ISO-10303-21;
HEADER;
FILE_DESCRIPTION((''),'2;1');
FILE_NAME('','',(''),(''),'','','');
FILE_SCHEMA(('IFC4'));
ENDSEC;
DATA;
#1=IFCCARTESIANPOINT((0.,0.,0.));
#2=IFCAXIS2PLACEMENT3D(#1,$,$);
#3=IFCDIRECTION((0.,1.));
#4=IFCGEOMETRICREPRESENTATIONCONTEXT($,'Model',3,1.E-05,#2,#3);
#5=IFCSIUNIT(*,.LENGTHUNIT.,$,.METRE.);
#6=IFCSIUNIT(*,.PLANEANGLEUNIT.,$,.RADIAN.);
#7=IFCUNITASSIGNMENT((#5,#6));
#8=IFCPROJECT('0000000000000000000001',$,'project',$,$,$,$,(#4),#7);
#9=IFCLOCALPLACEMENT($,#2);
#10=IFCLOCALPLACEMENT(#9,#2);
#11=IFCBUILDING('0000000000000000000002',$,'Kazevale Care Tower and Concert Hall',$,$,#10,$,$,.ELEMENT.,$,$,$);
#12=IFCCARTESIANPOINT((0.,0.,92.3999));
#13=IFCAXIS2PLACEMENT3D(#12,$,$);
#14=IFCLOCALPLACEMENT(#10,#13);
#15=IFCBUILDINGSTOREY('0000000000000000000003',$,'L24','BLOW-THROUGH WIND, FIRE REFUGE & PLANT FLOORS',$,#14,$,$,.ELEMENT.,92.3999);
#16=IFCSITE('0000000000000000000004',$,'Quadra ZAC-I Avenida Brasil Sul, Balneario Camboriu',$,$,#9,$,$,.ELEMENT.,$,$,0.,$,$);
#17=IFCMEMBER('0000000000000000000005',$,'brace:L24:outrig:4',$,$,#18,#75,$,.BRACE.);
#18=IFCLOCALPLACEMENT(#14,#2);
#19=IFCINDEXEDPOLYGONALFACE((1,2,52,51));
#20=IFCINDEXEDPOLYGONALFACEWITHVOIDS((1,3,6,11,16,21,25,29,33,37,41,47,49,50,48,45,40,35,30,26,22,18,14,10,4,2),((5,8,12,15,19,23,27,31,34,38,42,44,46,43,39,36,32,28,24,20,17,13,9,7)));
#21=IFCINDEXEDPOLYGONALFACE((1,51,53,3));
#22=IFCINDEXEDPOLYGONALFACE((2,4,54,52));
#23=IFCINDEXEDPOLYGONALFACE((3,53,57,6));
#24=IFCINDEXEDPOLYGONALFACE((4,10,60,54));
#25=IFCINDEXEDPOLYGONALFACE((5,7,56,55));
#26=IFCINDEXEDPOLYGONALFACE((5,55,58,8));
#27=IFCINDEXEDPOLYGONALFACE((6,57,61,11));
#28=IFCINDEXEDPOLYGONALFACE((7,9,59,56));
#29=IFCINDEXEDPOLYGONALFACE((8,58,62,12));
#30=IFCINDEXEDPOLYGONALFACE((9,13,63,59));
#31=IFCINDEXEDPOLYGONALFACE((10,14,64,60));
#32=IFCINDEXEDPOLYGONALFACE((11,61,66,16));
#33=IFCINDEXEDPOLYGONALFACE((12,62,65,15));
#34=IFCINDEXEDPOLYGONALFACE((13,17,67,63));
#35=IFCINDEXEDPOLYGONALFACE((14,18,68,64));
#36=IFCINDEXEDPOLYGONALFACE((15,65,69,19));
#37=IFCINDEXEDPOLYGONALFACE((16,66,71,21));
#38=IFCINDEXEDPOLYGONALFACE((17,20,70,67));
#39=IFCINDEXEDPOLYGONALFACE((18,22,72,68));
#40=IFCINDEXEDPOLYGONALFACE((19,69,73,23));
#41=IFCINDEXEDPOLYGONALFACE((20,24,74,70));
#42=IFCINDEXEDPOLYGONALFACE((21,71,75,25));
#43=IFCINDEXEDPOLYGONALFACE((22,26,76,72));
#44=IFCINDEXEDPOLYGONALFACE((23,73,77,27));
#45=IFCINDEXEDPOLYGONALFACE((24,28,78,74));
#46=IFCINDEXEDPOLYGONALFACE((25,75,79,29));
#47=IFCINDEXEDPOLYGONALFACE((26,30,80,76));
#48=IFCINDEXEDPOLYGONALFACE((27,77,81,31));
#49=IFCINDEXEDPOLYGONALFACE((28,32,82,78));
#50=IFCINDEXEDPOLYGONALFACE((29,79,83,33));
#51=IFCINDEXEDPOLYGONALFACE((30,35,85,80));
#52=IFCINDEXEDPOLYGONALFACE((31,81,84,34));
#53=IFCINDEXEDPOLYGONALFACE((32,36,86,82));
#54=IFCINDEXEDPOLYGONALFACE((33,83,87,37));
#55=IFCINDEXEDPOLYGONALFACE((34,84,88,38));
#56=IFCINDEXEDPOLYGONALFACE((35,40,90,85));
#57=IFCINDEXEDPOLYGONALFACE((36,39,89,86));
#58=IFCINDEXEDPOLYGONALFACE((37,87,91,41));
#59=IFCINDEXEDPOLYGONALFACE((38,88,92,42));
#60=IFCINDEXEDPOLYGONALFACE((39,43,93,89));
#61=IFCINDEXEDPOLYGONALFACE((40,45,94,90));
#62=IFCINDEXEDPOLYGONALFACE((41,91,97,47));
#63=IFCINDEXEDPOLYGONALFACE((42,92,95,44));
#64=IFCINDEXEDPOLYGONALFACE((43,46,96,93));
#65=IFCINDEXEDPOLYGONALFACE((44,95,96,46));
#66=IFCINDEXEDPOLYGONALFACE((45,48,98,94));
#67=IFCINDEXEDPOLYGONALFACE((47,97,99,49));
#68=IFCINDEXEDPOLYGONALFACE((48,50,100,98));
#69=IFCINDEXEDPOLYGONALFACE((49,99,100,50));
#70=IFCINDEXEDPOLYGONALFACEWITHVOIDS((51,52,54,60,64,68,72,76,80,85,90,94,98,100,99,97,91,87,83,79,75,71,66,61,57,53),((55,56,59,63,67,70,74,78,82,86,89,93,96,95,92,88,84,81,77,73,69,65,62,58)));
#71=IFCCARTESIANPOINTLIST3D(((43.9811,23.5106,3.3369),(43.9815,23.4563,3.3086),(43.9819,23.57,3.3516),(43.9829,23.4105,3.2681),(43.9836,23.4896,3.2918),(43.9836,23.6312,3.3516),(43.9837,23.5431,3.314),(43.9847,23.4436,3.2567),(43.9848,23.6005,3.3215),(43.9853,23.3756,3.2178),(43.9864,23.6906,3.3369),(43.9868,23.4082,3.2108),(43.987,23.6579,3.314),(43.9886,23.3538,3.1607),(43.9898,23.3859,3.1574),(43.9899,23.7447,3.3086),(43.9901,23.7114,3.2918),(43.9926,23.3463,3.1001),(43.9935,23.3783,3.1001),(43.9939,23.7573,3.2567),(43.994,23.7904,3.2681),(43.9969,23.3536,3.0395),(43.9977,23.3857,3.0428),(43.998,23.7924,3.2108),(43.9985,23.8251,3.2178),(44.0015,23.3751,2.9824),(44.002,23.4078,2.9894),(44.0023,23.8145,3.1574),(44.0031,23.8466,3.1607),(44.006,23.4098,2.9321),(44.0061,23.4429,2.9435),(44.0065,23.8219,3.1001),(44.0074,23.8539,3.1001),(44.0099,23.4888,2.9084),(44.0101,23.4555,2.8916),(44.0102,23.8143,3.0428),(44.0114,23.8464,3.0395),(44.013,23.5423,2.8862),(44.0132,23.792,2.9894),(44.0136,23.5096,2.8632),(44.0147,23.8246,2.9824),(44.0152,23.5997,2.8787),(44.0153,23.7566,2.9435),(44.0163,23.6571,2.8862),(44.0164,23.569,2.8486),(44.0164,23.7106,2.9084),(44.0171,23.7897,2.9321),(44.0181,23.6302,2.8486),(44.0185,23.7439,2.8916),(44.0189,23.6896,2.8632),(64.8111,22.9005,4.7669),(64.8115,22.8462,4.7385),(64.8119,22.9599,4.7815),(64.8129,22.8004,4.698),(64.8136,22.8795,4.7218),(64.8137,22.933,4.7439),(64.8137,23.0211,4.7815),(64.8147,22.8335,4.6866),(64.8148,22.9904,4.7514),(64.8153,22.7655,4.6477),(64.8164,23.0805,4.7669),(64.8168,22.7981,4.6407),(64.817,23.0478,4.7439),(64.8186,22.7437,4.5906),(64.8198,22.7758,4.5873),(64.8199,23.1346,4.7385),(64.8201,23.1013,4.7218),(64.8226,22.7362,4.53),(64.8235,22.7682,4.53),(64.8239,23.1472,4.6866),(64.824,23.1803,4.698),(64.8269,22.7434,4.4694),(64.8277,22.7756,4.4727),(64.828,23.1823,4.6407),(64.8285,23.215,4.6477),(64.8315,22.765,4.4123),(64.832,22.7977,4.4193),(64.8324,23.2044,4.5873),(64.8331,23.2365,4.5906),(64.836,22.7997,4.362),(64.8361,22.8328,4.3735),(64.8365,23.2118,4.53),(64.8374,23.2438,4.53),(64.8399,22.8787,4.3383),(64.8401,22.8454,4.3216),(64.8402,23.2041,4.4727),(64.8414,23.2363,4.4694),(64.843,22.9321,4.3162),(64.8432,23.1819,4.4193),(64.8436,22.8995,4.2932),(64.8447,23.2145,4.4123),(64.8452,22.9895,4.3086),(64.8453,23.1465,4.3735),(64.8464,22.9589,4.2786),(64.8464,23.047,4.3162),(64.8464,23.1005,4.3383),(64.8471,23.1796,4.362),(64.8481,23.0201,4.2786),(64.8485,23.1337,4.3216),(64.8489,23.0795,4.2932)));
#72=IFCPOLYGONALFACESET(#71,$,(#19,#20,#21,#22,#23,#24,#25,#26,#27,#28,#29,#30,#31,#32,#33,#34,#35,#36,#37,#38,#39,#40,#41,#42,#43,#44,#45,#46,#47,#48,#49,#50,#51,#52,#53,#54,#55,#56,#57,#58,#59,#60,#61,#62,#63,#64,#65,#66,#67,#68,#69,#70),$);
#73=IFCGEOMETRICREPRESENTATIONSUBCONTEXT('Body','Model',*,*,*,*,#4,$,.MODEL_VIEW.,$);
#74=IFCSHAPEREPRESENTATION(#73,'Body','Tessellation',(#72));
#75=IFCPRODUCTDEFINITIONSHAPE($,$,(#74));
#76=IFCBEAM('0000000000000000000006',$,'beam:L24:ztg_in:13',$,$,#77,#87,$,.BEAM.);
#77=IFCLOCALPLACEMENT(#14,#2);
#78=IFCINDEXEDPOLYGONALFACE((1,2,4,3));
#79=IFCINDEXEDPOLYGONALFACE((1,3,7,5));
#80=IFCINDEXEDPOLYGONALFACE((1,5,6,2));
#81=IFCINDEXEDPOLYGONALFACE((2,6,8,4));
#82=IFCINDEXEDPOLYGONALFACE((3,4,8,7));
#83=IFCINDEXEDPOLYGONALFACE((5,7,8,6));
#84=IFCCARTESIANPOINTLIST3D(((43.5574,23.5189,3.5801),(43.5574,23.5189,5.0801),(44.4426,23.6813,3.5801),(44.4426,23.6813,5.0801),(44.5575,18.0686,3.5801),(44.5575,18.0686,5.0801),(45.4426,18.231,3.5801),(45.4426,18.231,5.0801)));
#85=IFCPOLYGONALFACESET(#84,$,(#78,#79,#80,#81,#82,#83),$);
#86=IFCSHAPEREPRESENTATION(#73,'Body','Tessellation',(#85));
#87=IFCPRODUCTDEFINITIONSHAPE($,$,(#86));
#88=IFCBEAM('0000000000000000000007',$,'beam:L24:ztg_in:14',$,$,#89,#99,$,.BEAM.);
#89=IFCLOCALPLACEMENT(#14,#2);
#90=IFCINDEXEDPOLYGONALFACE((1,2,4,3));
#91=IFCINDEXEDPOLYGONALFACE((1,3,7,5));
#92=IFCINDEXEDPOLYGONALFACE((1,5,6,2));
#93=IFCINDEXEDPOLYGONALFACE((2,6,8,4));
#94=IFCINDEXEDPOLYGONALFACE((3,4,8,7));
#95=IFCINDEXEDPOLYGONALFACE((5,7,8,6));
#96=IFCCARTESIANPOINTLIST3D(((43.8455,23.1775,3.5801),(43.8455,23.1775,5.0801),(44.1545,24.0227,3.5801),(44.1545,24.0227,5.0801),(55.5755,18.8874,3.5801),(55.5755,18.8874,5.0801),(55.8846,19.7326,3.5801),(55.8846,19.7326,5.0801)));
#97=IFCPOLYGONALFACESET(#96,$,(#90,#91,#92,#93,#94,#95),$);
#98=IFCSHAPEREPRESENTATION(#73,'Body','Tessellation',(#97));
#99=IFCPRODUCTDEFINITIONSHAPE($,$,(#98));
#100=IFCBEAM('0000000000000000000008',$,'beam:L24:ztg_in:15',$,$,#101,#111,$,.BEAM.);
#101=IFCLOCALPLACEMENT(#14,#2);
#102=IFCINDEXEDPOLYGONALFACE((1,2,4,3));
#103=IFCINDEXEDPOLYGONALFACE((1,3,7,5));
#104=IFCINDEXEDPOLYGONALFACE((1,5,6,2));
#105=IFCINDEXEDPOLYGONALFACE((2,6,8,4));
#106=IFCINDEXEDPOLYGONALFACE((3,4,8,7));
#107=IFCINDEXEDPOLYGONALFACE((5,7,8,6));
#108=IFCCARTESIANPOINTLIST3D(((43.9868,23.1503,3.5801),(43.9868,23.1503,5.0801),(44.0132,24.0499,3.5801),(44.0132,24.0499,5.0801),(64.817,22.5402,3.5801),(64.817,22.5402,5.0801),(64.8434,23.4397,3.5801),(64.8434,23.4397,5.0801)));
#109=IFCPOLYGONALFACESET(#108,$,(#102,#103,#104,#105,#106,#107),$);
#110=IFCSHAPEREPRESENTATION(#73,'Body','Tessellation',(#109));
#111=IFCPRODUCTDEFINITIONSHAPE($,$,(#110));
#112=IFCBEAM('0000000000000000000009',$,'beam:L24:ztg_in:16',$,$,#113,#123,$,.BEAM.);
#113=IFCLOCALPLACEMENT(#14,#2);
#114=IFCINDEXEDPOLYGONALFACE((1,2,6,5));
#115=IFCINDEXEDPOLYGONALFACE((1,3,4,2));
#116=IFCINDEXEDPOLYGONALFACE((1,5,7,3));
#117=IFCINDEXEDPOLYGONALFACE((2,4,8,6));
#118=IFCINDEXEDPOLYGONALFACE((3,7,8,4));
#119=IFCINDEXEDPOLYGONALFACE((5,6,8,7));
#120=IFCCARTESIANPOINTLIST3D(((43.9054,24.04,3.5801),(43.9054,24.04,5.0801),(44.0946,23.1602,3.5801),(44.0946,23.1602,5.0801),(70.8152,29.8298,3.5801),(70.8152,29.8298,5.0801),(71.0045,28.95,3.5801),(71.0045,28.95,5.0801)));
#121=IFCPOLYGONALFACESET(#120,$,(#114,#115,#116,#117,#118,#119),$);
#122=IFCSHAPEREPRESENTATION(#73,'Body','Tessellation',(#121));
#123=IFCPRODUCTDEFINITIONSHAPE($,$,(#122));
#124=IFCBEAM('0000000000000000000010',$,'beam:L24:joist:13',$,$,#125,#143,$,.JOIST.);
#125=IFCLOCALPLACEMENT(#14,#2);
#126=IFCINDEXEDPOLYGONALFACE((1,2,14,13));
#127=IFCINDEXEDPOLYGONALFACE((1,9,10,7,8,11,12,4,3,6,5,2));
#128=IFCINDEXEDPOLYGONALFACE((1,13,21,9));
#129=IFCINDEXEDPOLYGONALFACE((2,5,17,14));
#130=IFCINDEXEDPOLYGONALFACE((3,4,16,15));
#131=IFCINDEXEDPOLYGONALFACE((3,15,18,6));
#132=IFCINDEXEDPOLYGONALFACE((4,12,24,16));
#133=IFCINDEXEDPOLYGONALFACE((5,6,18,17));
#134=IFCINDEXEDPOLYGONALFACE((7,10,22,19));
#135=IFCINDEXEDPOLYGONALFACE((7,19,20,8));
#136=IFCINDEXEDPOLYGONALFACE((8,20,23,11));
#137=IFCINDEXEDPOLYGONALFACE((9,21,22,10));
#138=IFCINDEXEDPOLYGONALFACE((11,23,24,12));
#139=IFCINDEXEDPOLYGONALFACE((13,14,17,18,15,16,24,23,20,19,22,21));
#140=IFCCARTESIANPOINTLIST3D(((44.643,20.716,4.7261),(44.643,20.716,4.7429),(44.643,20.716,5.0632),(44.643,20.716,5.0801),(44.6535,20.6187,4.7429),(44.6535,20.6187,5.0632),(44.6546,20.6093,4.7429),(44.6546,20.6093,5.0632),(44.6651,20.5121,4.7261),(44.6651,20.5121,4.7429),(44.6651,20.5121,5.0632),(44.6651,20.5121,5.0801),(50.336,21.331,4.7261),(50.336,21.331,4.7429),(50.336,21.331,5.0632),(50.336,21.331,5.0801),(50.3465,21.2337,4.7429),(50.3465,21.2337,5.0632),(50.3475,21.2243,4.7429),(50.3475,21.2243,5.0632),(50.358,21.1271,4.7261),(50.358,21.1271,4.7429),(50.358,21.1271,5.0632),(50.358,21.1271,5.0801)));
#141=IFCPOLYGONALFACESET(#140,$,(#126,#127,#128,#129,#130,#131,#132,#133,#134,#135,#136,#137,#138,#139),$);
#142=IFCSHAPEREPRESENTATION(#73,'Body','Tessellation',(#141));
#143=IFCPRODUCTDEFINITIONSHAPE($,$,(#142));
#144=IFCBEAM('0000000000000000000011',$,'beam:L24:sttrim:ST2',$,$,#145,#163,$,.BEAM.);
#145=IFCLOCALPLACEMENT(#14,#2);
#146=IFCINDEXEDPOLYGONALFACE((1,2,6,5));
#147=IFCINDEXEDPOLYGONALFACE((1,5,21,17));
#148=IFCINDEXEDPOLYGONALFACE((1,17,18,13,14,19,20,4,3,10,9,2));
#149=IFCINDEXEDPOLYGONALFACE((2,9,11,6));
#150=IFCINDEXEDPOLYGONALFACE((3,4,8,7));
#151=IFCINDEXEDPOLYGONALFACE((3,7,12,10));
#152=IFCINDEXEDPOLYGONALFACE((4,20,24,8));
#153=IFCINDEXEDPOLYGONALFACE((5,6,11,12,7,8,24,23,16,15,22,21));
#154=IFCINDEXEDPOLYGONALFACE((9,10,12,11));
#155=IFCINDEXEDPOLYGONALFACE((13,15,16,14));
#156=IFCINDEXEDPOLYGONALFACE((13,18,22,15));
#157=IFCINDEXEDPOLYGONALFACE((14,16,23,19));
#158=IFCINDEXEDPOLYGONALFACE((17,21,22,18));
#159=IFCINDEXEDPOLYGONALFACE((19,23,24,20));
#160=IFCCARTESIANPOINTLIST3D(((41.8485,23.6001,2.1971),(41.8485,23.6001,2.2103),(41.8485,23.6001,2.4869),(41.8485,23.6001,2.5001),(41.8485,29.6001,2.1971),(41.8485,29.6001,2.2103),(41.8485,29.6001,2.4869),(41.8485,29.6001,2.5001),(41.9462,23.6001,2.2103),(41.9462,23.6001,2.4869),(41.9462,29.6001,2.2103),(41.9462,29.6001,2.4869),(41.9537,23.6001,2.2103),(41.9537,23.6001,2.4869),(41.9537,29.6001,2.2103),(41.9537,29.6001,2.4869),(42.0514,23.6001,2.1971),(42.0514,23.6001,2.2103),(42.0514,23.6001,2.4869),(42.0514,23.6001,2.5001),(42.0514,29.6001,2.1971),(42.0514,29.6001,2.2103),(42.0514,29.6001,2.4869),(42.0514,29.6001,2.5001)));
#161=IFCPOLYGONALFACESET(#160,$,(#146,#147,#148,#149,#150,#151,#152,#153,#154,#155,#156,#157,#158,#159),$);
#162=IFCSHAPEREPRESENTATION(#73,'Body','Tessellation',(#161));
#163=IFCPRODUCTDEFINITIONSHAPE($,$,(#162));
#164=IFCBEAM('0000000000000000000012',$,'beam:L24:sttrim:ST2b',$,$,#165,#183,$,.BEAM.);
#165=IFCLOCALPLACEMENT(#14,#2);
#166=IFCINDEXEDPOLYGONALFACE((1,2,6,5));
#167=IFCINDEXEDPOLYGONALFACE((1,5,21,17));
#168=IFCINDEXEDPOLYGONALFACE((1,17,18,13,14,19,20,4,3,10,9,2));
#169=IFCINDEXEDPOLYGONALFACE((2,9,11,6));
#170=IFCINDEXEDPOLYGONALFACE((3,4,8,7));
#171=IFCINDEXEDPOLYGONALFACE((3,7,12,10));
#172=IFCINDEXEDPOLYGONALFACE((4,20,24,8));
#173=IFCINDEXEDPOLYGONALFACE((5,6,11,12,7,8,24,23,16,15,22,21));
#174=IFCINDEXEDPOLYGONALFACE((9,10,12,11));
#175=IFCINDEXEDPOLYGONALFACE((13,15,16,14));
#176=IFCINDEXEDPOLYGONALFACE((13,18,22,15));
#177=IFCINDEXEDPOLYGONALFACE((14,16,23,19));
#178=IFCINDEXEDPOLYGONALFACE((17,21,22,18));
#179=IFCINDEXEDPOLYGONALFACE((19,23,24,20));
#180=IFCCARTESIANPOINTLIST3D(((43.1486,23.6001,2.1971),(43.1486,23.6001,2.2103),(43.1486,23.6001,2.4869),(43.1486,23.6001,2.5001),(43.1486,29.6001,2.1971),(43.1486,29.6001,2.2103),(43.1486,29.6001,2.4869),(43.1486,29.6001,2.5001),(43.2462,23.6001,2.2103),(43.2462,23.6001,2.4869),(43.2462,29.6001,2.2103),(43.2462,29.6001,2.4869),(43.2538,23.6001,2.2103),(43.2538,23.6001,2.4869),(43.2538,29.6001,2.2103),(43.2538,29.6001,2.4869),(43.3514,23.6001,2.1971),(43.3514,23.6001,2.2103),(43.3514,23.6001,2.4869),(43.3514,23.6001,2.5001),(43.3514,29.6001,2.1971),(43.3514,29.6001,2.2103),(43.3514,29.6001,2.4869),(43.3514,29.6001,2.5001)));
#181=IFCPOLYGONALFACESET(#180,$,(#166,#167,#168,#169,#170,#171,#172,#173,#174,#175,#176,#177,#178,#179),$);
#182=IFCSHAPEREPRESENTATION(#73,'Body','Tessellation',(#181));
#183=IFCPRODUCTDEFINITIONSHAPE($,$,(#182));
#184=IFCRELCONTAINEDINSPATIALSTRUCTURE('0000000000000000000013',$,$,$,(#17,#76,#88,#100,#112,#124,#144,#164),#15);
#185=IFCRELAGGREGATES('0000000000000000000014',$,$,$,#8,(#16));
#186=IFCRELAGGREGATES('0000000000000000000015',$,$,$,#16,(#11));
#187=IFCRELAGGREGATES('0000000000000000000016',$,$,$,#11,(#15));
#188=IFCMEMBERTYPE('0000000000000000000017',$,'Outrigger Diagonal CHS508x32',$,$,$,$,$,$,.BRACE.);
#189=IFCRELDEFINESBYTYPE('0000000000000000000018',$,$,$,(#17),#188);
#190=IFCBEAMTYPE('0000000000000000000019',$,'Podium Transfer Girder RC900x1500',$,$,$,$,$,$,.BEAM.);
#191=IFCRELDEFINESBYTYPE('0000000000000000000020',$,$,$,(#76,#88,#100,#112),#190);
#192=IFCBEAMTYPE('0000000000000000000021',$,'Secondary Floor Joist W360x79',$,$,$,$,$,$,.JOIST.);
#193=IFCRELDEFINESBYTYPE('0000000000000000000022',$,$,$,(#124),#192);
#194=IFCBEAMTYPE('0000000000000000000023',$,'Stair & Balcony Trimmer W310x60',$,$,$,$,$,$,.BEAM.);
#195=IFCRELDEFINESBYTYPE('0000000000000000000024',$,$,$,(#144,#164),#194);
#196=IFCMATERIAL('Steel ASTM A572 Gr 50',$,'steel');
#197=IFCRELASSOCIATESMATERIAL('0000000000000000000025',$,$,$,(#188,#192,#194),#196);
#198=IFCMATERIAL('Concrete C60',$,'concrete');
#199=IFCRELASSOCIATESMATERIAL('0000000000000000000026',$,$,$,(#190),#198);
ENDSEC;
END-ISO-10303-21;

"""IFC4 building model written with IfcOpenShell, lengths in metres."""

from ifc_helpers import new_model, si_unit, direction, frame, origin, origin_2d, place, context, subcontext, project, spatial, rectangle, hollow_circle, i_section, extrude, material, material_profile, profile_set, type_object, element, save


model = new_model("IFC4")

# Units and contexts
model_context = context("Model", 3, precision=1e-05, world=origin(), true_north=direction((0.0, 1.0)))
body_context = subcontext(model_context, "Body", "Model", "MODEL_VIEW")
ifc_project = project(units=[si_unit("LENGTHUNIT", "METRE"), si_unit("PLANEANGLEUNIT", "RADIAN")], contexts=[model_context])

# Site, building, storey
site_placement = place(None, origin())
site = spatial("IfcSite", under=ifc_project, at=site_placement, Name="Quadra ZAC-I Avenida Brasil Sul, Balneario Camboriu", CompositionType="ELEMENT", RefElevation=0.0)
building_placement = place(site_placement, origin())
building = spatial("IfcBuilding", under=site, at=building_placement, Name="Kazevale Care Tower and Concert Hall", CompositionType="ELEMENT")
storey_placement = place(building_placement, frame((0.0, 0.0, 92.3999)))
storey = spatial("IfcBuildingStorey", under=building, at=storey_placement, Name="L24", Description="BLOW-THROUGH WIND, FIRE REFUGE & PLANT FLOORS", CompositionType="ELEMENT", Elevation=92.3999)

# Shared definitions
ifc_material_1 = material(Name="Steel ASTM A572 Gr 50", Category="steel")

# Shared definitions
ifc_material_2 = material(Name="Concrete C60", Category="concrete")

# Member
ifc_material_profile_1 = material_profile(ifc_material_1, hollow_circle(Radius=0.2539, WallThickness=0.032, at=origin_2d()), Name="CHS508x32")
ifc_profile_set_1 = profile_set([ifc_material_profile_1], Name="Steel ASTM A572 Gr 50")
member_type_1 = type_object("IfcMemberType", Name="Outrigger Diagonal CHS508x32", PredefinedType="BRACE", material=ifc_profile_set_1)
member_1_placement = place(storey_placement, frame((44.0, 23.6001, 3.1001), z_axis=(0.997226, -0.029208, 0.068457), x_axis=(0.029277, 0.999571, 0.0)))
element("IfcMember", 1, at=member_1_placement, inside=storey, type_object=member_type_1, Name="brace:L24:outrig:4", PredefinedType="BRACE", context=body_context, shape_type="SweptSolid", body=[
    extrude(hollow_circle(Radius=0.2539, WallThickness=0.032, at=origin_2d()), origin(), (0.0, 0.0, 1.0), 20.8879),
])

# Beams
ifc_material_profile_2 = material_profile(ifc_material_2, rectangle(XDim=0.8999, YDim=1.5, at=origin_2d()), Name="RC-TG900x1500")
ifc_profile_set_2 = profile_set([ifc_material_profile_2], Name="Concrete C60")
beam_type_1 = type_object("IfcBeamType", Name="Podium Transfer Girder RC900x1500", PredefinedType="BEAM", material=ifc_profile_set_2)
beam_1_placement = place(storey_placement, frame((44.0, 23.6001, 4.3301), z_axis=(0.180467, -0.983581, 0.0), x_axis=(0.983581, 0.180467, 0.0)))
element("IfcBeam", 2, at=beam_1_placement, inside=storey, type_object=beam_type_1, Name="beam:L24:ztg_in:13", PredefinedType="BEAM", context=body_context, shape_type="SweptSolid", body=[
    extrude(rectangle(XDim=0.8999, YDim=1.5, at=origin_2d()), origin(), (0.0, 0.0, 1.0), 5.5413),
])
beam_2_placement = place(storey_placement, frame((44.0, 23.6001, 4.3301), z_axis=(0.939159, -0.343481, 0.0), x_axis=(0.343481, 0.939159, 0.0)))
element("IfcBeam", 3, at=beam_2_placement, inside=storey, type_object=beam_type_1, Name="beam:L24:ztg_in:14", PredefinedType="BEAM", context=body_context, shape_type="SweptSolid", body=[
    extrude(rectangle(XDim=0.8999, YDim=1.5, at=origin_2d()), origin(), (0.0, 0.0, 1.0), 12.49),
])
beam_3_placement = place(storey_placement, frame((44.0, 23.6001, 4.3301), z_axis=(0.999571, -0.029277, 0.0), x_axis=(0.029277, 0.999571, 0.0)))
element("IfcBeam", 4, at=beam_3_placement, inside=storey, type_object=beam_type_1, Name="beam:L24:ztg_in:15", PredefinedType="BEAM", context=body_context, shape_type="SweptSolid", body=[
    extrude(rectangle(XDim=0.8999, YDim=1.5, at=origin_2d()), origin(), (0.0, 0.0, 1.0), 20.8391),
])
beam_4_placement = place(storey_placement, frame((44.0, 23.6001, 4.3301), z_axis=(0.977628, 0.210341, 0.0), x_axis=(-0.210341, 0.977628, 0.0)))
element("IfcBeam", 5, at=beam_4_placement, inside=storey, type_object=beam_type_1, Name="beam:L24:ztg_in:16", PredefinedType="BEAM", context=body_context, shape_type="SweptSolid", body=[
    extrude(rectangle(XDim=0.8999, YDim=1.5, at=origin_2d()), origin(), (0.0, 0.0, 1.0), 27.5256),
])
ifc_material_profile_3 = material_profile(ifc_material_1, i_section(OverallWidth=0.2051, OverallDepth=0.354, WebThickness=0.0095, FlangeThickness=0.0168, at=origin_2d()), Name="W360x79")
ifc_profile_set_3 = profile_set([ifc_material_profile_3], Name="Steel ASTM A572 Gr 50")
beam_type_2 = type_object("IfcBeamType", Name="Secondary Floor Joist W360x79", PredefinedType="JOIST", material=ifc_profile_set_3)
beam_5_placement = place(storey_placement, frame((44.6541, 20.614, 4.9031), z_axis=(0.994216, 0.107403, 0.0), x_axis=(-0.107403, 0.994216, 0.0)))
element("IfcBeam", 6, at=beam_5_placement, inside=storey, type_object=beam_type_2, Name="beam:L24:joist:13", PredefinedType="JOIST", context=body_context, shape_type="SweptSolid", body=[
    extrude(i_section(OverallWidth=0.2051, OverallDepth=0.354, WebThickness=0.0095, FlangeThickness=0.0168, at=origin_2d()), origin(), (0.0, 0.0, 1.0), 5.7261),
])
ifc_material_profile_4 = material_profile(ifc_material_1, i_section(OverallWidth=0.2029, OverallDepth=0.303, WebThickness=0.0076, FlangeThickness=0.0132, at=origin_2d()), Name="W310x60")
ifc_profile_set_4 = profile_set([ifc_material_profile_4], Name="Steel ASTM A572 Gr 50")
beam_type_3 = type_object("IfcBeamType", Name="Stair & Balcony Trimmer W310x60", PredefinedType="BEAM", material=ifc_profile_set_4)
for number, where, z_axis, x_axis, name in (
    (7, (41.95, 23.6001, 2.3486), (0.0, 1.0, 0.0), (-1.0, 0.0, 0.0), "beam:L24:sttrim:ST2"),
    (8, (43.25, 23.6001, 2.3486), (0.0, 1.0, 0.0), (-1.0, 0.0, 0.0), "beam:L24:sttrim:ST2b"),
):
    element("IfcBeam", number, at=place(storey_placement, frame(where, z_axis=z_axis, x_axis=x_axis)), inside=storey, type_object=beam_type_3, Name=name, PredefinedType="BEAM", context=body_context, shape_type="SweptSolid", body=[
        extrude(i_section(OverallWidth=0.2029, OverallDepth=0.303, WebThickness=0.0076, FlangeThickness=0.0132, at=origin_2d()), origin(), (0.0, 0.0, 1.0), 6.0),
    ])

save(model, "model.ifc")
